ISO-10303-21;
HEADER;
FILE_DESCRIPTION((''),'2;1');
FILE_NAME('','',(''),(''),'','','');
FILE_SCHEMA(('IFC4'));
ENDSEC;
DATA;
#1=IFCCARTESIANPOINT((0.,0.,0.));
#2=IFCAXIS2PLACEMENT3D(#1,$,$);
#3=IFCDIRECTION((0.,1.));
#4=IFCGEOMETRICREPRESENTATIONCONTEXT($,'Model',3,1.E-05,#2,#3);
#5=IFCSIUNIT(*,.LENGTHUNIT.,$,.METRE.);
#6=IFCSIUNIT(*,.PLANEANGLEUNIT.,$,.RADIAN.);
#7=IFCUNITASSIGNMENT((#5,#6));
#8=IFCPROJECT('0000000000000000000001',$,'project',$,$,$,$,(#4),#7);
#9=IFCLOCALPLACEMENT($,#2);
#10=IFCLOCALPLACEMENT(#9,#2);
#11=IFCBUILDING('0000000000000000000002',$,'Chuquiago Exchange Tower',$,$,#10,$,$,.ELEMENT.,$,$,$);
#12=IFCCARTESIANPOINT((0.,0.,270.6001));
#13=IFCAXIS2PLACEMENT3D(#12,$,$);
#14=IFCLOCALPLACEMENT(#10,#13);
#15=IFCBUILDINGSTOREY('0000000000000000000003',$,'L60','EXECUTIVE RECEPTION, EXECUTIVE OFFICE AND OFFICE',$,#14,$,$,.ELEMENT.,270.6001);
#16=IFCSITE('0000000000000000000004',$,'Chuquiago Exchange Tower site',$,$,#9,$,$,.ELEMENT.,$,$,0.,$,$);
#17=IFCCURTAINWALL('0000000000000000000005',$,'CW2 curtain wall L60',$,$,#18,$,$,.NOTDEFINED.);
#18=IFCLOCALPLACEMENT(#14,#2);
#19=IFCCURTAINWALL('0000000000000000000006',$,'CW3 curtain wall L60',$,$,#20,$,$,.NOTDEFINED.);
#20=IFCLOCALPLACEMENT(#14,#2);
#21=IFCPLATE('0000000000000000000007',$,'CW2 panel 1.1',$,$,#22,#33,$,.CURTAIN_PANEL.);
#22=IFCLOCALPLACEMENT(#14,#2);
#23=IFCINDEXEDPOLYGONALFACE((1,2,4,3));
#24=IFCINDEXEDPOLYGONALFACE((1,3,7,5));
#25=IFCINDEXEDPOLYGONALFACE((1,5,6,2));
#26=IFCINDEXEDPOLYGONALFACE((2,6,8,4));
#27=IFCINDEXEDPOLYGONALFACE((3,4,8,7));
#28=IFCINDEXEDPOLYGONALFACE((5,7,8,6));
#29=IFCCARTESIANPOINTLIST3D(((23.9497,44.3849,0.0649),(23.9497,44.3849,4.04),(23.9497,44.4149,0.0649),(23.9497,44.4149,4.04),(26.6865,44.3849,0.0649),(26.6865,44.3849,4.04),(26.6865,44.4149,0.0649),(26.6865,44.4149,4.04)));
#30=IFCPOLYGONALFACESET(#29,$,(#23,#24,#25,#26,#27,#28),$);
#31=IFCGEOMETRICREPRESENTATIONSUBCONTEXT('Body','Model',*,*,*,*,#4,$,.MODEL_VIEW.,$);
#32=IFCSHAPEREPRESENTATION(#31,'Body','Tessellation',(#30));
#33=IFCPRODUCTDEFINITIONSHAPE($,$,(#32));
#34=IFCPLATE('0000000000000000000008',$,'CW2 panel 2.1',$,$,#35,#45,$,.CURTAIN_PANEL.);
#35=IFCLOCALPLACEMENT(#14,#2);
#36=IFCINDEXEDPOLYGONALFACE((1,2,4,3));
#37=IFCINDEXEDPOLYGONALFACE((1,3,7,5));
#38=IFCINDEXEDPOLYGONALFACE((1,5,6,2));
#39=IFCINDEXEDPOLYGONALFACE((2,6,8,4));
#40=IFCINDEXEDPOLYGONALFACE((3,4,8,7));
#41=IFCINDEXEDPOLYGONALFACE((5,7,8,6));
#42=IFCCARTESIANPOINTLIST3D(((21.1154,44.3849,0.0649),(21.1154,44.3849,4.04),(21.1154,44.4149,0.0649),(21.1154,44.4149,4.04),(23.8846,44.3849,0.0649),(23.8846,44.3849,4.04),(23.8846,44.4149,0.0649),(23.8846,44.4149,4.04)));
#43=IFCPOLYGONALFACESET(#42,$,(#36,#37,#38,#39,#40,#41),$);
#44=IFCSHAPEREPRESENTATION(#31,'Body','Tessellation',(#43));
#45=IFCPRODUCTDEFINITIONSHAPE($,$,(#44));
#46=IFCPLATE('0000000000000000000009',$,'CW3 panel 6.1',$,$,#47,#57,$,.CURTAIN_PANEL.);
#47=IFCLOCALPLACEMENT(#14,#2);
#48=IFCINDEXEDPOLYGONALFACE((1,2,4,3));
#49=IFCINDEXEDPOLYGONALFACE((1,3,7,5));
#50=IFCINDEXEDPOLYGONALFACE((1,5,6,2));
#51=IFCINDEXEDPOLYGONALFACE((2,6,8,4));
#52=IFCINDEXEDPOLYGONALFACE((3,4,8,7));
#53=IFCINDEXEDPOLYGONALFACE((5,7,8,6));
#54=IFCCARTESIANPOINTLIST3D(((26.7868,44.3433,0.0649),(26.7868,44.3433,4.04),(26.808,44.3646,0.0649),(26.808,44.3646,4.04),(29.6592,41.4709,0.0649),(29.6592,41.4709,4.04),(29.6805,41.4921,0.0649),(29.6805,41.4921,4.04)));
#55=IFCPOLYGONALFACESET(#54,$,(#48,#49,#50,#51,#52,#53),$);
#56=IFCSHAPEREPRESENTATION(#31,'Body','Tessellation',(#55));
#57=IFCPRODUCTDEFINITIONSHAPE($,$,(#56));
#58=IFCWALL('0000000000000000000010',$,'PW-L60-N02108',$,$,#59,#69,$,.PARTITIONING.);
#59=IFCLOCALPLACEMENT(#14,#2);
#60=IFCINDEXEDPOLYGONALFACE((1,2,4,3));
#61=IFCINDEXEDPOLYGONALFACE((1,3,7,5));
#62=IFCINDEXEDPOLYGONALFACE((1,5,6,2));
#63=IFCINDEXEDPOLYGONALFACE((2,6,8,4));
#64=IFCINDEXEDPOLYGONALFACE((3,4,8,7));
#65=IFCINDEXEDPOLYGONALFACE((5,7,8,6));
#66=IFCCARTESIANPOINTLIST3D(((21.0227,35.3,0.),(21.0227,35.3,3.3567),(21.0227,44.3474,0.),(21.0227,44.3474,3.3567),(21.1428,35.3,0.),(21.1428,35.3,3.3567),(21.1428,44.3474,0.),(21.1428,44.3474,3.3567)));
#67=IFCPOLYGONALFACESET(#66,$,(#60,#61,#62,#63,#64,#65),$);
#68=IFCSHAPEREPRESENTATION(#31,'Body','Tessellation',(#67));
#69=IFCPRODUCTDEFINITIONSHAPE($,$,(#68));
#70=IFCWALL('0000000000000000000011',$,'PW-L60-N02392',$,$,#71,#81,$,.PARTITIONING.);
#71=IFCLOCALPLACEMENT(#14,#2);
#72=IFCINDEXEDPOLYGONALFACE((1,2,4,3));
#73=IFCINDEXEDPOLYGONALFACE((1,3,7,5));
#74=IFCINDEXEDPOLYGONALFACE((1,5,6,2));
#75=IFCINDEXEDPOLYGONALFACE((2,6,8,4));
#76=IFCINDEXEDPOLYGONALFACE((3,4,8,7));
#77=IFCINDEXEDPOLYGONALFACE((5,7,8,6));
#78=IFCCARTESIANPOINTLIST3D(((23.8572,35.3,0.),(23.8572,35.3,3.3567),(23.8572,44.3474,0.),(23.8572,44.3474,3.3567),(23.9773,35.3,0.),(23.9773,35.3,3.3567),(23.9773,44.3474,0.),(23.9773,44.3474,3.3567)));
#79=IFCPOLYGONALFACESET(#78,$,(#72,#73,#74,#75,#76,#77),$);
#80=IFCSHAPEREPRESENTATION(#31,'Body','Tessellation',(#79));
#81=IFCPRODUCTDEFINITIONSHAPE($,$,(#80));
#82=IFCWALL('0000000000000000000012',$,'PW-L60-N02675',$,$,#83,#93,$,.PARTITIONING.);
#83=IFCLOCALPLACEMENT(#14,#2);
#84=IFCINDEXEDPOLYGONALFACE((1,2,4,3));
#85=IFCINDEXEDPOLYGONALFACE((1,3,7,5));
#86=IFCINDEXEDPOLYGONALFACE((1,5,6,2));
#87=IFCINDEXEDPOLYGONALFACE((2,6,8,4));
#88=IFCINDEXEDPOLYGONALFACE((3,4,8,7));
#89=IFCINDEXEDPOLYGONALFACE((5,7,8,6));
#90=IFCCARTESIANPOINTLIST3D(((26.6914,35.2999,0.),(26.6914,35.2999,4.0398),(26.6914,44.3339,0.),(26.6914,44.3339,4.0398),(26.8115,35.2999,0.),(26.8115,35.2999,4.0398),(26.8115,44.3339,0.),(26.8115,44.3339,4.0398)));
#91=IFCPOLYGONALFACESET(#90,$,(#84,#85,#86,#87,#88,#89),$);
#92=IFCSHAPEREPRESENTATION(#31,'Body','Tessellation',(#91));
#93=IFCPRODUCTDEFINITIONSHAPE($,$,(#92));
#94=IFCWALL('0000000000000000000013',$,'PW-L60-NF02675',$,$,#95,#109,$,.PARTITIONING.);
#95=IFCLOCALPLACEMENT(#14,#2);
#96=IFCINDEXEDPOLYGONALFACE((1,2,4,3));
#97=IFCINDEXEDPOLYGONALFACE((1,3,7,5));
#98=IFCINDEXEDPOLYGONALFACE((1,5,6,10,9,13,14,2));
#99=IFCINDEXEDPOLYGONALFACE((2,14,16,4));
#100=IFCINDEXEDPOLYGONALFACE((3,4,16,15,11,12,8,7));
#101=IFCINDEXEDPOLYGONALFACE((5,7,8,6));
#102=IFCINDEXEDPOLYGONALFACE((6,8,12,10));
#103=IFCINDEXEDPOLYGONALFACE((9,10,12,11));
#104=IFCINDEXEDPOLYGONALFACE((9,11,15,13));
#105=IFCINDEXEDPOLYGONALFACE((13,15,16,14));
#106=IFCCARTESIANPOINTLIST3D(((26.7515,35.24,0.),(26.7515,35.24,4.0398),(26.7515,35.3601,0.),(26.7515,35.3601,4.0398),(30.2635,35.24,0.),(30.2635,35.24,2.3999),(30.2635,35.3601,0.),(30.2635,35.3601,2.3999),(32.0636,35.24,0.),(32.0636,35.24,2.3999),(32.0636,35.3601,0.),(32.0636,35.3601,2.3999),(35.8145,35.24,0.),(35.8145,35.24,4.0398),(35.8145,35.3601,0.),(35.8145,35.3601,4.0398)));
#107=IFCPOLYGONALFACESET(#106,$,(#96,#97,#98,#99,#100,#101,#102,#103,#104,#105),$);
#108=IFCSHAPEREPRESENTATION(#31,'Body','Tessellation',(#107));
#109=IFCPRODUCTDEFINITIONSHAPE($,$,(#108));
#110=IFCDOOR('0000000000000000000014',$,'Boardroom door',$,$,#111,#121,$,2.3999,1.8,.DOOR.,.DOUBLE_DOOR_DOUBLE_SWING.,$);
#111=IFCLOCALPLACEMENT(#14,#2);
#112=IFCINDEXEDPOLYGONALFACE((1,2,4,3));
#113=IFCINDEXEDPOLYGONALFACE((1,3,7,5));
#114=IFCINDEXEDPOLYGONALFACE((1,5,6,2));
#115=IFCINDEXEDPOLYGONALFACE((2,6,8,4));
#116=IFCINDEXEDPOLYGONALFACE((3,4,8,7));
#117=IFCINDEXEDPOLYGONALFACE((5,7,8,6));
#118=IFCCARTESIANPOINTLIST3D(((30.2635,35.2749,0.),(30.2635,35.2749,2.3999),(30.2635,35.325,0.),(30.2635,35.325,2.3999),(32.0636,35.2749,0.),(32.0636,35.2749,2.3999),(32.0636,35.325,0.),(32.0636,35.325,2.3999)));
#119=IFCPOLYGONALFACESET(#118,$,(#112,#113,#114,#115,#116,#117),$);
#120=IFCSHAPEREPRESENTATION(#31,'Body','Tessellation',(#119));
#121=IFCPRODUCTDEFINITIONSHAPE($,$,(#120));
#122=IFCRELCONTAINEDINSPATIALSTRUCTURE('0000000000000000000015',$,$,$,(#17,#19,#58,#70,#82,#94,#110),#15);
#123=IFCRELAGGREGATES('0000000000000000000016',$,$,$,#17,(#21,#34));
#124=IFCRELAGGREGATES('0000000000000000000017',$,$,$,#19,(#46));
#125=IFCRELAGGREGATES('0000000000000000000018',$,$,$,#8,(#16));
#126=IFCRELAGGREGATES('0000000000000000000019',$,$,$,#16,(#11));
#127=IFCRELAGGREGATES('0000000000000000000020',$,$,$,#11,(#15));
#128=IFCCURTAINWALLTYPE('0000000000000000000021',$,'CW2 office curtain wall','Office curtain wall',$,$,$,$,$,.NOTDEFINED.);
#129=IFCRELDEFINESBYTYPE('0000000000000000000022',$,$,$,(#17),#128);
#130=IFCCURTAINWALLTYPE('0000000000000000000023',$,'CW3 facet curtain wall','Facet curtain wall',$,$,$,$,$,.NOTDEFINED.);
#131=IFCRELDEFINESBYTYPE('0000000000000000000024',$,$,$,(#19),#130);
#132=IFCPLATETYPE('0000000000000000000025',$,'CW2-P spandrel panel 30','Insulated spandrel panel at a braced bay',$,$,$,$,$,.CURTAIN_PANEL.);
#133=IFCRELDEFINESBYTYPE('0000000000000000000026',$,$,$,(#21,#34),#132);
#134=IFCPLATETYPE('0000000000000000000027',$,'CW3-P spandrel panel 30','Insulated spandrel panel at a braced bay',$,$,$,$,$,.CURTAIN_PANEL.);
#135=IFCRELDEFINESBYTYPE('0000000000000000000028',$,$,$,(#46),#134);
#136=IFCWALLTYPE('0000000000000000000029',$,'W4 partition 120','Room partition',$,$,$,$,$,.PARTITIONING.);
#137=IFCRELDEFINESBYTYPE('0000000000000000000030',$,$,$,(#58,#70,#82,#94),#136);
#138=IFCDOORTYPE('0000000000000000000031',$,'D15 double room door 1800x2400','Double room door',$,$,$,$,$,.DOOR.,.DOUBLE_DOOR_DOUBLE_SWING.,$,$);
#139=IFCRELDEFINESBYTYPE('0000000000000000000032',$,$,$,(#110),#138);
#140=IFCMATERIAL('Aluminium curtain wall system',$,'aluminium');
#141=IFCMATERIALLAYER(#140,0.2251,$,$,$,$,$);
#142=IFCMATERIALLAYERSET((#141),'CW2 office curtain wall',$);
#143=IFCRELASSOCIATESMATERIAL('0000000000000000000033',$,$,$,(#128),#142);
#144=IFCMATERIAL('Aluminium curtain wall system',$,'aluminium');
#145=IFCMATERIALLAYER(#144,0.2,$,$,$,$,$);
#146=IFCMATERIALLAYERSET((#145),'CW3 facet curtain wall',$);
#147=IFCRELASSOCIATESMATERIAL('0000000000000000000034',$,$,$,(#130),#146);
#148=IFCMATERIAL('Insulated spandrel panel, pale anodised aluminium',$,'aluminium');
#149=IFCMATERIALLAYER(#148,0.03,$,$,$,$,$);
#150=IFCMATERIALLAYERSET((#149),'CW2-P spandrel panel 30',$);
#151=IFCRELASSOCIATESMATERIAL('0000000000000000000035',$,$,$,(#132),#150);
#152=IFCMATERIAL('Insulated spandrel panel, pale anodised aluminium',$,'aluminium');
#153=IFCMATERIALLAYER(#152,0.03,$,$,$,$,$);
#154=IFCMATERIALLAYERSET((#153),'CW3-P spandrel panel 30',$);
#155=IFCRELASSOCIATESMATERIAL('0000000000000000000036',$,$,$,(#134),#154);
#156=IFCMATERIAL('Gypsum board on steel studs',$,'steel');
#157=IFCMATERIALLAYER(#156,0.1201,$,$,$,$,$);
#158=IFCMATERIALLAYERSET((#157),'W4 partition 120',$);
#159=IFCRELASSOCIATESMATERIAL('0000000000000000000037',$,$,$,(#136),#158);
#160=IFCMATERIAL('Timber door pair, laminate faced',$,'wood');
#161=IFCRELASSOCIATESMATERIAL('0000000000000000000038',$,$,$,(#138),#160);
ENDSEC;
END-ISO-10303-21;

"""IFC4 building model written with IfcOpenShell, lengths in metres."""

from ifc_helpers import new_model, si_unit, direction, frame, frame_2d, origin, origin_2d, place, context, subcontext, project, spatial, rectangle, extrude, material, layer, layer_set, type_object, element, fill, aggregate, save


model = new_model("IFC4")

# Units and contexts
model_context = context("Model", 3, precision=1e-05, world=origin(), true_north=direction((0.0, 1.0)))
body_context = subcontext(model_context, "Body", "Model", "MODEL_VIEW")
ifc_project = project(units=[si_unit("LENGTHUNIT", "METRE"), si_unit("PLANEANGLEUNIT", "RADIAN")], contexts=[model_context])

# Site, building, storey
site_placement = place(None, origin())
site = spatial("IfcSite", under=ifc_project, at=site_placement, Name="Chuquiago Exchange Tower site", CompositionType="ELEMENT", RefElevation=0.0)
building_placement = place(site_placement, origin())
building = spatial("IfcBuilding", under=site, at=building_placement, Name="Chuquiago Exchange Tower", CompositionType="ELEMENT")
storey_placement = place(building_placement, frame((0.0, 0.0, 270.6001)))
storey = spatial("IfcBuildingStorey", under=building, at=storey_placement, Name="L60", Description="EXECUTIVE RECEPTION, EXECUTIVE OFFICE AND OFFICE", CompositionType="ELEMENT", Elevation=270.6001)

# Curtain walls
ifc_material_1 = material(Name="Aluminium curtain wall system", Category="aluminium")
ifc_layer_1 = layer(ifc_material_1, 0.2251)
ifc_layer_set_1 = layer_set([ifc_layer_1], Name="CW2 office curtain wall")
curtain_wall_type_1 = type_object("IfcCurtainWallType", Name="CW2 office curtain wall", Description="Office curtain wall", PredefinedType="NOTDEFINED", material=ifc_layer_set_1)
curtain_wall_1_placement = place(storey_placement, origin())
curtain_wall_1 = element("IfcCurtainWall", 1, at=curtain_wall_1_placement, inside=storey, type_object=curtain_wall_type_1, Name="CW2 curtain wall L60", PredefinedType="NOTDEFINED")
ifc_material_2 = material(Name="Aluminium curtain wall system", Category="aluminium")
ifc_layer_2 = layer(ifc_material_2, 0.2)
ifc_layer_set_2 = layer_set([ifc_layer_2], Name="CW3 facet curtain wall")
curtain_wall_type_2 = type_object("IfcCurtainWallType", Name="CW3 facet curtain wall", Description="Facet curtain wall", PredefinedType="NOTDEFINED", material=ifc_layer_set_2)
curtain_wall_2_placement = place(storey_placement, origin())
curtain_wall_2 = element("IfcCurtainWall", 2, at=curtain_wall_2_placement, inside=storey, type_object=curtain_wall_type_2, Name="CW3 curtain wall L60", PredefinedType="NOTDEFINED")

# Plates
ifc_material_3 = material(Name="Insulated spandrel panel, pale anodised aluminium", Category="aluminium")
ifc_layer_3 = layer(ifc_material_3, 0.03)
ifc_layer_set_3 = layer_set([ifc_layer_3], Name="CW2-P spandrel panel 30")
plate_type_1 = type_object("IfcPlateType", Name="CW2-P spandrel panel 30", Description="Insulated spandrel panel at a braced bay", PredefinedType="CURTAIN_PANEL", material=ifc_layer_set_3)
plate_1_placement = place(storey_placement, frame((25.3181, 44.3999, 0.0649), z_axis=(0.0, 0.0, 1.0), x_axis=(-1.0, 0.0, 0.0)))
plate_1 = element("IfcPlate", 3, at=plate_1_placement, type_object=plate_type_1, Name="CW2 panel 1.1", PredefinedType="CURTAIN_PANEL", context=body_context, shape_type="SweptSolid", body=[
    extrude(rectangle(XDim=2.7368, YDim=0.03, at=origin_2d()), origin(), (0.0, 0.0, 1.0), 3.9751),
])
plate_2_placement = place(storey_placement, frame((22.5, 44.3999, 0.0649), z_axis=(0.0, 0.0, 1.0), x_axis=(-1.0, 0.0, 0.0)))
plate_2 = element("IfcPlate", 4, at=plate_2_placement, type_object=plate_type_1, Name="CW2 panel 2.1", PredefinedType="CURTAIN_PANEL", context=body_context, shape_type="SweptSolid", body=[
    extrude(rectangle(XDim=2.7693, YDim=0.03, at=origin_2d()), origin(), (0.0, 0.0, 1.0), 3.9751),
])
aggregate(curtain_wall_1, [plate_1, plate_2])
ifc_material_4 = material(Name="Insulated spandrel panel, pale anodised aluminium", Category="aluminium")
ifc_layer_4 = layer(ifc_material_4, 0.03)
ifc_layer_set_4 = layer_set([ifc_layer_4], Name="CW3-P spandrel panel 30")
plate_type_2 = type_object("IfcPlateType", Name="CW3-P spandrel panel 30", Description="Insulated spandrel panel at a braced bay", PredefinedType="CURTAIN_PANEL", material=ifc_layer_set_4)
plate_3_placement = place(storey_placement, frame((28.2336, 42.9177, 0.0649), z_axis=(0.0, 0.0, 1.0), x_axis=(-0.707107, 0.707107, 0.0)))
plate_3 = element("IfcPlate", 5, at=plate_3_placement, type_object=plate_type_2, Name="CW3 panel 6.1", PredefinedType="CURTAIN_PANEL", context=body_context, shape_type="SweptSolid", body=[
    extrude(rectangle(XDim=4.0623, YDim=0.03, at=origin_2d()), origin(), (0.0, 0.0, 1.0), 3.9751),
])
aggregate(curtain_wall_2, [plate_3])

# Walls
ifc_material_5 = material(Name="Gypsum board on steel studs", Category="steel")
ifc_layer_5 = layer(ifc_material_5, 0.1201)
ifc_layer_set_5 = layer_set([ifc_layer_5], Name="W4 partition 120")
wall_type = type_object("IfcWallType", Name="W4 partition 120", Description="Room partition", PredefinedType="PARTITIONING", material=ifc_layer_set_5)
for number, where, z_axis, x_axis, name in (
    (6, (21.0828, 44.3474, 0.0), (0.0, 0.0, 1.0), (0.0, -1.0, 0.0), "PW-L60-N02108"),
    (7, (23.9172, 44.3474, 0.0), (0.0, 0.0, 1.0), (0.0, -1.0, 0.0), "PW-L60-N02392"),
):
    element("IfcWall", number, at=place(storey_placement, frame(where, z_axis=z_axis, x_axis=x_axis)), inside=storey, type_object=wall_type, Name=name, PredefinedType="PARTITIONING", context=body_context, shape_type="SweptSolid", body=[
        extrude(rectangle(XDim=9.0474, YDim=0.1201, at=frame_2d((4.5237, 0.0))), origin(), (0.0, 0.0, 1.0), 3.3567),
    ])
wall_1_placement = place(storey_placement, frame((26.7515, 44.334, 0.0), z_axis=(0.0, 0.0, 1.0), x_axis=(0.0, -1.0, 0.0)))
element("IfcWall", 8, at=wall_1_placement, inside=storey, type_object=wall_type, Name="PW-L60-N02675", PredefinedType="PARTITIONING", context=body_context, shape_type="SweptSolid", body=[
    extrude(rectangle(XDim=9.0339, YDim=0.1201, at=frame_2d((4.5171, 0.0))), origin(), (0.0, 0.0, 1.0), 4.0398),
])

# Wall, opening, door
wall_2_placement = place(storey_placement, frame((26.7515, 35.3, 0.0), z_axis=(0.0, 0.0, 1.0), x_axis=(1.0, 0.0, 0.0)))
wall_2 = element("IfcWall", 9, at=wall_2_placement, inside=storey, type_object=wall_type, Name="PW-L60-NF02675", PredefinedType="PARTITIONING", context=body_context, shape_type="SweptSolid", body=[
    extrude(rectangle(XDim=9.063, YDim=0.1201, at=frame_2d((4.5315, 0.0))), origin(), (0.0, 0.0, 1.0), 4.0398),
])
opening_1_placement = place(wall_2_placement, frame((3.5122, 0.0, 0.0)))
opening_1 = element("IfcOpeningElement", 10, at=opening_1_placement, cuts=wall_2, PredefinedType="OPENING", context=body_context, shape_type="SweptSolid", body=[
    extrude(rectangle(XDim=1.8, YDim=2.3999, at=frame_2d((0.8999, 1.2))), frame((0.0, 0.0701, 0.0), z_axis=(0.0, -1.0, 0.0), x_axis=(1.0, 0.0, 0.0)), (0.0, 0.0, 1.0), 0.1401),
])
ifc_material_6 = material(Name="Timber door pair, laminate faced", Category="wood")
door_type_1 = type_object("IfcDoorType", Name="D15 double room door 1800x2400", Description="Double room door", OperationType="DOUBLE_DOOR_DOUBLE_SWING", PredefinedType="DOOR", material=ifc_material_6)
door_1_placement = place(opening_1_placement, origin())
door_1 = element("IfcDoor", 11, at=door_1_placement, inside=storey, type_object=door_type_1, Name="Boardroom door", OperationType="DOUBLE_DOOR_DOUBLE_SWING", OverallHeight=2.3999, OverallWidth=1.8, PredefinedType="DOOR", context=body_context, shape_type="SweptSolid", body=[
    extrude(rectangle(XDim=1.8, YDim=2.3999, at=frame_2d((0.8999, 1.2))), frame((0.0, 0.0249, 0.0), z_axis=(0.0, -1.0, 0.0), x_axis=(1.0, 0.0, 0.0)), (0.0, 0.0, 1.0), 0.05),
])
fill(opening_1, door_1)

save(model, "model.ifc")
